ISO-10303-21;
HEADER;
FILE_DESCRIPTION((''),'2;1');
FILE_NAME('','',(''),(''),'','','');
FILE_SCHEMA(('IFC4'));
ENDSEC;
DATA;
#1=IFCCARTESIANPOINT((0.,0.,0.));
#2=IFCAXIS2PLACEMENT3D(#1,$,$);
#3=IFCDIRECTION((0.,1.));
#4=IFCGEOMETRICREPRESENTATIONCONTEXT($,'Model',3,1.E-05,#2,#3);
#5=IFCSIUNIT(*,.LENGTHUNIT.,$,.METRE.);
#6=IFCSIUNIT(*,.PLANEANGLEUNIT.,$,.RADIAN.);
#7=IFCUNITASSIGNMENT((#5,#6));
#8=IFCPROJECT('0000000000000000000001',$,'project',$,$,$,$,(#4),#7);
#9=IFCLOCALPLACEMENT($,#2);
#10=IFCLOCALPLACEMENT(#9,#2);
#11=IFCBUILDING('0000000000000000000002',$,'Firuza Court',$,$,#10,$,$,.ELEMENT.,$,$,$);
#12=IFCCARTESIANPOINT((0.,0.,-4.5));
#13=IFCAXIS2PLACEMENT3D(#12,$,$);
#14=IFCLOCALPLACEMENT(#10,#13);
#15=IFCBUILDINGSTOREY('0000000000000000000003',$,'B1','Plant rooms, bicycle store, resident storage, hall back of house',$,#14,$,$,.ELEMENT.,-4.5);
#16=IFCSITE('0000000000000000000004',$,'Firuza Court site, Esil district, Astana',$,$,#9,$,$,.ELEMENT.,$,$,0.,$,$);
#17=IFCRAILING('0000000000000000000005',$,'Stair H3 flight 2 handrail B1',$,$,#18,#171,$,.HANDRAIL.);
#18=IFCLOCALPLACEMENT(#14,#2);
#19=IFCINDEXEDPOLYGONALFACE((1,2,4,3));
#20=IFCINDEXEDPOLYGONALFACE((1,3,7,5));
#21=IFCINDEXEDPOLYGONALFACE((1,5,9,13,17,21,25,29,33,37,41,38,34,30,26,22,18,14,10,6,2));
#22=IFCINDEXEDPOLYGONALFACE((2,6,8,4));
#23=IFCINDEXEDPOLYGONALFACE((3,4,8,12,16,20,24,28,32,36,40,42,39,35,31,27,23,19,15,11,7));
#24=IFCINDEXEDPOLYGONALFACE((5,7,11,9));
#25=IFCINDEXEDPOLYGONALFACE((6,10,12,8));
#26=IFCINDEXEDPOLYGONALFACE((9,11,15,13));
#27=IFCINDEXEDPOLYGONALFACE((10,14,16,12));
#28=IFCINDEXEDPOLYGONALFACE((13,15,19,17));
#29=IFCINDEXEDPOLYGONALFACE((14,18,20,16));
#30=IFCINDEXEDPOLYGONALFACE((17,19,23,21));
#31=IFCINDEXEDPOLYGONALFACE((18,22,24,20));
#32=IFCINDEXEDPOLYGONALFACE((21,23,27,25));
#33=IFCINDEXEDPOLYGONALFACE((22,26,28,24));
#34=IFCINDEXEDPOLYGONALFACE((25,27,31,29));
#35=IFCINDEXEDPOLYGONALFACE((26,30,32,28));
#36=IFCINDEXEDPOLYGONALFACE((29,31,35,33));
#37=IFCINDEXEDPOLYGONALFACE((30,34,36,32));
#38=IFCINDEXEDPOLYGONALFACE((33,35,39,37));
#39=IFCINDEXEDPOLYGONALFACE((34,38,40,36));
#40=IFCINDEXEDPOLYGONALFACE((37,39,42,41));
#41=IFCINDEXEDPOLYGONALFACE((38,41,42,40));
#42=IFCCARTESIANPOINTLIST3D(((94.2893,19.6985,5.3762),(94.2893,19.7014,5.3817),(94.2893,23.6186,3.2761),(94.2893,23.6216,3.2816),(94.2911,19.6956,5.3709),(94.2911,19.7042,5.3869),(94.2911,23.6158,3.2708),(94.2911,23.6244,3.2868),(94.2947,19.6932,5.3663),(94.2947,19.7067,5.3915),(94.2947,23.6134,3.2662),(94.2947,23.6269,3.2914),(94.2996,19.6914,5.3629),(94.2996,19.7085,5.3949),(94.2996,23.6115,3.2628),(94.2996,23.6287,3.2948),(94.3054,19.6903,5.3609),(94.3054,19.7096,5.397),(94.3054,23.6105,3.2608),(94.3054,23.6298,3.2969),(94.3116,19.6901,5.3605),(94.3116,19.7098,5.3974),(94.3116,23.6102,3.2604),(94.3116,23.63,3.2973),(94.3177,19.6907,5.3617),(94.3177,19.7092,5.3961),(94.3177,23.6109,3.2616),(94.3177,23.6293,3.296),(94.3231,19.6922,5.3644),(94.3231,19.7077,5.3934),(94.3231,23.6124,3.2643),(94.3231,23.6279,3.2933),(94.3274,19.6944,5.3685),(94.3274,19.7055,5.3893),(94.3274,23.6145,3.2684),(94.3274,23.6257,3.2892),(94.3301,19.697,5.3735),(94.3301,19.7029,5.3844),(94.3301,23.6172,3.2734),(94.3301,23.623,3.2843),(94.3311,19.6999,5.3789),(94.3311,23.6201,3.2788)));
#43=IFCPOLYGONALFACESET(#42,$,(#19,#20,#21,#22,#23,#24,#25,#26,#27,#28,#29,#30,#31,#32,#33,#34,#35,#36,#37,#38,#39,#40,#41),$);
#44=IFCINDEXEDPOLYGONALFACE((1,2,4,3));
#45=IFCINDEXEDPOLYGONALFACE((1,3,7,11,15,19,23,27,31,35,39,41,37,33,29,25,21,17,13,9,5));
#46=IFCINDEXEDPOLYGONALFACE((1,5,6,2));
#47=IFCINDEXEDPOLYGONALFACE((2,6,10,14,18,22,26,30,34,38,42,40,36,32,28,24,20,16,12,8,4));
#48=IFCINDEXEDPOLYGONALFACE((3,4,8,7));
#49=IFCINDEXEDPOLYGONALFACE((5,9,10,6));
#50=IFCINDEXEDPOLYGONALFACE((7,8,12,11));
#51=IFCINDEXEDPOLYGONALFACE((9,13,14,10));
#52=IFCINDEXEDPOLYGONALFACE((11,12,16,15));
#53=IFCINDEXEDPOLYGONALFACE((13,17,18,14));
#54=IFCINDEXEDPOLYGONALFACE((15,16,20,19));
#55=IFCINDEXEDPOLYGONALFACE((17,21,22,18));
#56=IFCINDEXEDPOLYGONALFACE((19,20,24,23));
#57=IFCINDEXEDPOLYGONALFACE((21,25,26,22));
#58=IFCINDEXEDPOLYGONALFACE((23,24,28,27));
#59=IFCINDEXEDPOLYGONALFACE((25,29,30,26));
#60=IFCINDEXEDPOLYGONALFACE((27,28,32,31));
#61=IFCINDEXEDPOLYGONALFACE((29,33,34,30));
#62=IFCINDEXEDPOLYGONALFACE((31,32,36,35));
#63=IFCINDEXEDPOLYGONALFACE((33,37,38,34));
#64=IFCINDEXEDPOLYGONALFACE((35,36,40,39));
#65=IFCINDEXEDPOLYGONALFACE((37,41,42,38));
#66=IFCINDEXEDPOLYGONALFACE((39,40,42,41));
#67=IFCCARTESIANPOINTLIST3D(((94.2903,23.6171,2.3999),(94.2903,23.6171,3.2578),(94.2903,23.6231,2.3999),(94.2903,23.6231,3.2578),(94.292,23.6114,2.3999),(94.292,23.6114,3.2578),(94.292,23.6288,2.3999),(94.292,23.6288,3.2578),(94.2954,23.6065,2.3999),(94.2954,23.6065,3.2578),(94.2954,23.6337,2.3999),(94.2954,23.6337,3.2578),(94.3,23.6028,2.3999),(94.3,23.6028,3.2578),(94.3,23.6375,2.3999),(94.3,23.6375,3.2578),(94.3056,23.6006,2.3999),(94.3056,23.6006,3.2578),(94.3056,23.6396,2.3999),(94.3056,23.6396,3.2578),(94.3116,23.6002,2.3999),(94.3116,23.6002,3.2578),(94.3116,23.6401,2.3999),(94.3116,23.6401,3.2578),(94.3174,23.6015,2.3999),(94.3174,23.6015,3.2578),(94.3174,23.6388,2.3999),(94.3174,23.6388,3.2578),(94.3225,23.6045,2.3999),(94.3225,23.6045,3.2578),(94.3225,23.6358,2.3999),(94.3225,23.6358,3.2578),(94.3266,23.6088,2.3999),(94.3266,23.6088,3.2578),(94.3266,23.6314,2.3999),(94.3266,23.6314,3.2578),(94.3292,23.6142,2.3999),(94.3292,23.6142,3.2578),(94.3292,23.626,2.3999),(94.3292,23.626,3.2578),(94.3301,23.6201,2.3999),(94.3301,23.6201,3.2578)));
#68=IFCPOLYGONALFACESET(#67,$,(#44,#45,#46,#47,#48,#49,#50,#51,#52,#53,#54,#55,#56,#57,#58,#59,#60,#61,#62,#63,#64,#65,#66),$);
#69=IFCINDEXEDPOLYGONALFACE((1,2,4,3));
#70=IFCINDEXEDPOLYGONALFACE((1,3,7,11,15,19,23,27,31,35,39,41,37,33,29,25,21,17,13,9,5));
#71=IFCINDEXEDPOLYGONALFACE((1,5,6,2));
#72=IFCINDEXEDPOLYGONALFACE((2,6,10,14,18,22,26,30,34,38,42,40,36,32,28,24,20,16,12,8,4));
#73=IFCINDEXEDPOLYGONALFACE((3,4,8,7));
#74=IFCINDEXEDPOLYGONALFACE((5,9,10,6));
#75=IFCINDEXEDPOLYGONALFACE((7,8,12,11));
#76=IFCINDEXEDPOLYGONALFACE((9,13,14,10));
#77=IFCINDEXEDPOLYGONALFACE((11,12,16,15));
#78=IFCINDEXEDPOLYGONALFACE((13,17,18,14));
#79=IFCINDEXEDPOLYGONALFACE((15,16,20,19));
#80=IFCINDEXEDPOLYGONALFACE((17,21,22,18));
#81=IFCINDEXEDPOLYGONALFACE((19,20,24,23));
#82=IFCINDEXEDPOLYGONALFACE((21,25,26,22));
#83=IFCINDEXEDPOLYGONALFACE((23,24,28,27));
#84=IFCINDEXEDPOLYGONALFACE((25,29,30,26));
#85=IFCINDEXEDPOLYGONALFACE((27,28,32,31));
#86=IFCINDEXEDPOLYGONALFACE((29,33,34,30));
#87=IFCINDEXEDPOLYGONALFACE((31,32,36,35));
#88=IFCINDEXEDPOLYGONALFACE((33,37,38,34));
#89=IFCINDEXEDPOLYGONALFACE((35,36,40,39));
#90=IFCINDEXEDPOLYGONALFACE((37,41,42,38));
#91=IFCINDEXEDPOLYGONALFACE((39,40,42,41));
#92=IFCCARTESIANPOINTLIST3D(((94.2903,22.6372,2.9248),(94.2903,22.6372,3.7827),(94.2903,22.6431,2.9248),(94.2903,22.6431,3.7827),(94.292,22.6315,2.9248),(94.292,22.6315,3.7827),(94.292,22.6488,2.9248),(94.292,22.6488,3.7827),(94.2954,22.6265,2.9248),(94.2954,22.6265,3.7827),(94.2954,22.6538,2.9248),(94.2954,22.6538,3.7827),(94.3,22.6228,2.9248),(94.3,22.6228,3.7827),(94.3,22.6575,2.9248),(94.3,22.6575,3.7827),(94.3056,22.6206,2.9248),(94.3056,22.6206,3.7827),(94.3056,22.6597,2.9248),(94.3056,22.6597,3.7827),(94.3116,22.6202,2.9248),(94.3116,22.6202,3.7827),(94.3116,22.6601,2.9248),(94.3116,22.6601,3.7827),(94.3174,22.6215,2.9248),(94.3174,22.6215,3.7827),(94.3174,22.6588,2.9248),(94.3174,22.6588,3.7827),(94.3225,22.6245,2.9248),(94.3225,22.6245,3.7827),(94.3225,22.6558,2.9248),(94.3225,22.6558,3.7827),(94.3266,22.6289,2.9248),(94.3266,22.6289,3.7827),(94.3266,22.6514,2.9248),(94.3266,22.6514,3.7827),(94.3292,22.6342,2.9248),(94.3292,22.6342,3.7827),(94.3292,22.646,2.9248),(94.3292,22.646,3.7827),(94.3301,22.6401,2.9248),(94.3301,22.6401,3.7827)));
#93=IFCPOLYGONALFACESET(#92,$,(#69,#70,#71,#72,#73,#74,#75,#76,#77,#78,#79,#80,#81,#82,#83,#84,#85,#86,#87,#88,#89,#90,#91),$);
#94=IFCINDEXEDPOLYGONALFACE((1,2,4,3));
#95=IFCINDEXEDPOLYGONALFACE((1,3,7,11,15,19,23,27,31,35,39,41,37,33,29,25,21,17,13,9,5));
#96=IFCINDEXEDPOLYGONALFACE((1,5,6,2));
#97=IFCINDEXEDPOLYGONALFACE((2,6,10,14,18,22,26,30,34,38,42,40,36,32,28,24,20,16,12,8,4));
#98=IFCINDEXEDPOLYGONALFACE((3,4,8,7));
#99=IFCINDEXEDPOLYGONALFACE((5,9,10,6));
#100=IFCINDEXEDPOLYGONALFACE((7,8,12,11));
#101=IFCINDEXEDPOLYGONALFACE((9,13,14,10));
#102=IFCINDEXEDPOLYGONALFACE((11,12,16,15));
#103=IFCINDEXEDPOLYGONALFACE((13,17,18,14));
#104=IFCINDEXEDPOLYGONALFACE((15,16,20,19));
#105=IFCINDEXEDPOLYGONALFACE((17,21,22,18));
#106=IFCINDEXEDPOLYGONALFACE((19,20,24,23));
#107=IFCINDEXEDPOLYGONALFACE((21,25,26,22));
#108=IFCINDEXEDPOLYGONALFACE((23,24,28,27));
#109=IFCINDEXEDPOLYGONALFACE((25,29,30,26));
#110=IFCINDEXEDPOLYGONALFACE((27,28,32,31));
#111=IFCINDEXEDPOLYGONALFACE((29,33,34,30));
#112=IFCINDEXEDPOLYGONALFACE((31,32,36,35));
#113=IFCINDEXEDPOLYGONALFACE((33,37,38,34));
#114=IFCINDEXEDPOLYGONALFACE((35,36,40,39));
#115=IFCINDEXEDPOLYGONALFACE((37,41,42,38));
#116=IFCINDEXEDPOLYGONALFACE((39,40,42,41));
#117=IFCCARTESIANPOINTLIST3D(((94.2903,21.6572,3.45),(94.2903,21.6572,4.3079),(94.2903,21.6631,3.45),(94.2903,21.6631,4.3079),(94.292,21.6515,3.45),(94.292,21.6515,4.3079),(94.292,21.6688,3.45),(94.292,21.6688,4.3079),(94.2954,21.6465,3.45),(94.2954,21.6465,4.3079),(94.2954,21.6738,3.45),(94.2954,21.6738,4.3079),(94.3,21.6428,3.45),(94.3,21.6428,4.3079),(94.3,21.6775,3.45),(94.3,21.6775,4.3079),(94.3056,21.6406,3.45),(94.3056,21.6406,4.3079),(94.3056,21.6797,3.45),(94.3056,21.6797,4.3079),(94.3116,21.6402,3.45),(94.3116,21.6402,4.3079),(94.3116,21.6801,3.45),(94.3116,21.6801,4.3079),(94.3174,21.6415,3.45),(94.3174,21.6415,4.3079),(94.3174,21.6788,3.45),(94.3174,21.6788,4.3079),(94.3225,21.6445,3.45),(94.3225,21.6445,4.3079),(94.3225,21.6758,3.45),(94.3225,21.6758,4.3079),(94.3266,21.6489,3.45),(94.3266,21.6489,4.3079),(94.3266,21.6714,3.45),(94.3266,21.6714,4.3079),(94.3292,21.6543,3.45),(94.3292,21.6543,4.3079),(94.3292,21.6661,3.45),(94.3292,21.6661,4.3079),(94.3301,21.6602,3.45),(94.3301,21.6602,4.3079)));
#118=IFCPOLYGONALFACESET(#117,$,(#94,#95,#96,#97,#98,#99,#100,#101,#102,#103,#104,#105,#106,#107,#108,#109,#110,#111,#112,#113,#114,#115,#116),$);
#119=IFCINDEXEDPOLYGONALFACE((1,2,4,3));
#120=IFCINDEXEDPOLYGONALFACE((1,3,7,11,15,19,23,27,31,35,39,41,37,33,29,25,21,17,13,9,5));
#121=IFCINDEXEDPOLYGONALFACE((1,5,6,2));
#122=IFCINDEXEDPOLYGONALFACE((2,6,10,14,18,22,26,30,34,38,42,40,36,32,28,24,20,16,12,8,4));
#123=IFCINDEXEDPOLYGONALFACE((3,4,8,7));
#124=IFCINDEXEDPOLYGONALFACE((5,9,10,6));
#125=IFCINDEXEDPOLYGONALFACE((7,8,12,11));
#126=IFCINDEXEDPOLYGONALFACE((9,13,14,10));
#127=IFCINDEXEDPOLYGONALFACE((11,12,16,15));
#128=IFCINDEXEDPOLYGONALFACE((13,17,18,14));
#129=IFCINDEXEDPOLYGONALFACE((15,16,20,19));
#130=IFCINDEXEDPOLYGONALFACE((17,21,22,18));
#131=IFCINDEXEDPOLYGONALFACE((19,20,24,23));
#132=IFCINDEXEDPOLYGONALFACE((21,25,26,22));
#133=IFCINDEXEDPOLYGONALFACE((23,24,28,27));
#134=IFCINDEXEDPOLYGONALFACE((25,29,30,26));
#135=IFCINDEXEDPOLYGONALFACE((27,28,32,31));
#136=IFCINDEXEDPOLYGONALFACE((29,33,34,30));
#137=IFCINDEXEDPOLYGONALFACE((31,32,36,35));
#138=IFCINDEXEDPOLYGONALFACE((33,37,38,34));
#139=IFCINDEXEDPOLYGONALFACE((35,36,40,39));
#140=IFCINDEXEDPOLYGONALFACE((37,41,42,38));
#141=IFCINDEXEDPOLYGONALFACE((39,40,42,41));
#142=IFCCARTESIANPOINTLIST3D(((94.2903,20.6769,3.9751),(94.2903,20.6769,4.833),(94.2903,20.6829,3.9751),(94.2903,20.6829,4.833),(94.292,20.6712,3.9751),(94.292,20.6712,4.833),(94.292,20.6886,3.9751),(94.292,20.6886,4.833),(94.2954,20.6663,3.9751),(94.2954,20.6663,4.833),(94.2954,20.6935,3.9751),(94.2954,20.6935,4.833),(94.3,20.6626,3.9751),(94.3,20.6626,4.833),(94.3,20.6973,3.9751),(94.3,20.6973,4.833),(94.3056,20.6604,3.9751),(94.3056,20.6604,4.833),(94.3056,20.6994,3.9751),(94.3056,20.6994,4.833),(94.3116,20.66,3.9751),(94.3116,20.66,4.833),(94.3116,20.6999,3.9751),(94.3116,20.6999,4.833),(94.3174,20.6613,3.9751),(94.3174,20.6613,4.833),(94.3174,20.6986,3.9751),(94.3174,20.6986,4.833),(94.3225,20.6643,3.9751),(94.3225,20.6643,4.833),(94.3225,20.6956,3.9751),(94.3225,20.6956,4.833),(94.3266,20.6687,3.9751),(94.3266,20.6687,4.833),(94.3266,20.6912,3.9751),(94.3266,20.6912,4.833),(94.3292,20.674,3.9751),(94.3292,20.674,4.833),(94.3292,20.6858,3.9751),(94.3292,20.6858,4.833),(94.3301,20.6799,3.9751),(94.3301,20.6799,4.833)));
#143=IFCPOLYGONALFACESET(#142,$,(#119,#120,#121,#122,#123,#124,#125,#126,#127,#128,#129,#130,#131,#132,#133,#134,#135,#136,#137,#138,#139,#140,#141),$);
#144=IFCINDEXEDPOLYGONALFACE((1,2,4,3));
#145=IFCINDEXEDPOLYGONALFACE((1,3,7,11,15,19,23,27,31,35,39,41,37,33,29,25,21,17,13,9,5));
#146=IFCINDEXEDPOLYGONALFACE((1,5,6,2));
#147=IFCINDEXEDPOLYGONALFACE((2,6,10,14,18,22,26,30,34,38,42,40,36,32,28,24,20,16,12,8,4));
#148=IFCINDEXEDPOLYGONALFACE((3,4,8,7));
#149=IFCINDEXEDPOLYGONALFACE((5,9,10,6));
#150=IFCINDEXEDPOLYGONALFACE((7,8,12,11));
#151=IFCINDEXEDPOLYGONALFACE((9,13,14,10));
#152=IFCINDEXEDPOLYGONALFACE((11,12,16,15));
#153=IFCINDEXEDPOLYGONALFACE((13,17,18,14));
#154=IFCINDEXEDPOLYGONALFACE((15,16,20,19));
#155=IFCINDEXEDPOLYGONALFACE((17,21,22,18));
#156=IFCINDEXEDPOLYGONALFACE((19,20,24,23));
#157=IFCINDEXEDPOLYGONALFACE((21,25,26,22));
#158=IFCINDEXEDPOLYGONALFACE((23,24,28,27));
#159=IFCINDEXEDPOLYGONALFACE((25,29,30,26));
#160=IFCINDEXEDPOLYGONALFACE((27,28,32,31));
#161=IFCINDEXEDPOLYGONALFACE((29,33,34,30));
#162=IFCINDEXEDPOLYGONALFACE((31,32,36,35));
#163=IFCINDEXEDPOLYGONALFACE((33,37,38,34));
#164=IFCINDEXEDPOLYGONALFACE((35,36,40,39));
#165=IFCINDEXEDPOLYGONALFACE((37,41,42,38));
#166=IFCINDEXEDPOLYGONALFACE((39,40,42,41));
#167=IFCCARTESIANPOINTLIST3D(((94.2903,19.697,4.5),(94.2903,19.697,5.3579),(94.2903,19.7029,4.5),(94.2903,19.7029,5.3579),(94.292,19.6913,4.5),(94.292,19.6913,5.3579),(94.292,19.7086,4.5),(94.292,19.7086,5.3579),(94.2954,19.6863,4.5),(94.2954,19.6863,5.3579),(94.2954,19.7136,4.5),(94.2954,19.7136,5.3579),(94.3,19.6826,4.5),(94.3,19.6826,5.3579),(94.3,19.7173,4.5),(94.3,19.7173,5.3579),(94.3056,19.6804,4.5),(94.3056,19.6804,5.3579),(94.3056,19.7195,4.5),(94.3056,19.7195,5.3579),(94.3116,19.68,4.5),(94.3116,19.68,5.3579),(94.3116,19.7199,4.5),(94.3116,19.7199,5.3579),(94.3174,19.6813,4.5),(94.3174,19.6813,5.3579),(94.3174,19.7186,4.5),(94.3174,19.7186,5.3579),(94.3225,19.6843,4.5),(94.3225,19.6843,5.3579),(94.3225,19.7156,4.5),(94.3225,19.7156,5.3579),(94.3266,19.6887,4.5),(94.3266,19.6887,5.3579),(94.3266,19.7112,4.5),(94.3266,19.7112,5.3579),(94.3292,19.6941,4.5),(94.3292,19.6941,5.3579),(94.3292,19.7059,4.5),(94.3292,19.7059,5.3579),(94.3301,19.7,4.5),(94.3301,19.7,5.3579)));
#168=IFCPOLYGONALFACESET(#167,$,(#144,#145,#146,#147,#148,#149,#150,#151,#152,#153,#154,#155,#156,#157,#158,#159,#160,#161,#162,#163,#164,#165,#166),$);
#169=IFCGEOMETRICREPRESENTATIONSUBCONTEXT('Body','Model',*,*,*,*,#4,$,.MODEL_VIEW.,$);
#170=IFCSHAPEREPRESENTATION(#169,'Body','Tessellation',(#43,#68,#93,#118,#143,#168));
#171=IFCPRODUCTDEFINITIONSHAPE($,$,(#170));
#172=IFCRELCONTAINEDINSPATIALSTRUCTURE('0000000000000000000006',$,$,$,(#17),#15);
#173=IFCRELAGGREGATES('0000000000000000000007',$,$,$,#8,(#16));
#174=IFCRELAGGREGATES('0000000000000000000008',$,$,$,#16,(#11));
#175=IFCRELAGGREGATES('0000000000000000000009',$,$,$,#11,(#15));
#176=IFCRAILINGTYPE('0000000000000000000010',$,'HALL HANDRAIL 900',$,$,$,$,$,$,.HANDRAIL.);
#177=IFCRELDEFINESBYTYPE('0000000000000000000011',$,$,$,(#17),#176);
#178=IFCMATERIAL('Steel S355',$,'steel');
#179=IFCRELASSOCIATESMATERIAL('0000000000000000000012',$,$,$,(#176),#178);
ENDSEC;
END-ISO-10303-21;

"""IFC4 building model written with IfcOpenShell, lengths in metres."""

from ifc_helpers import new_model, si_unit, direction, frame, origin, origin_2d, place, context, subcontext, project, spatial, circle, extrude, material, type_object, element, save


model = new_model("IFC4")

# Units and contexts
model_context = context("Model", 3, precision=1e-05, world=origin(), true_north=direction((0.0, 1.0)))
body_context = subcontext(model_context, "Body", "Model", "MODEL_VIEW")
ifc_project = project(units=[si_unit("LENGTHUNIT", "METRE"), si_unit("PLANEANGLEUNIT", "RADIAN")], contexts=[model_context])

# Site, building, storey
site_placement = place(None, origin())
site = spatial("IfcSite", under=ifc_project, at=site_placement, Name="Firuza Court site, Esil district, Astana", CompositionType="ELEMENT", RefElevation=0.0)
building_placement = place(site_placement, origin())
building = spatial("IfcBuilding", under=site, at=building_placement, Name="Firuza Court", CompositionType="ELEMENT")
storey_placement = place(building_placement, frame((0.0, 0.0, -4.5)))
storey = spatial("IfcBuildingStorey", under=building, at=storey_placement, Name="B1", Description="Plant rooms, bicycle store, resident storage, hall back of house", CompositionType="ELEMENT", Elevation=-4.5)

# Railing
ifc_material_1 = material(Name="Steel S355", Category="steel")
railing_type_1 = type_object("IfcRailingType", Name="HALL HANDRAIL 900", PredefinedType="HANDRAIL", material=ifc_material_1)
railing_1_placement = place(storey_placement, frame((94.3101, 23.6201, 2.3999)))
element("IfcRailing", 1, at=railing_1_placement, inside=storey, type_object=railing_type_1, Name="Stair H3 flight 2 handrail B1", PredefinedType="HANDRAIL", context=body_context, shape_type="SweptSolid", body=[
    extrude(circle(Radius=0.021, at=origin_2d()), frame((0.0, 0.0, 0.8789), z_axis=(0.0, -0.881479, 0.472223), x_axis=(1.0, 0.0, 0.0)), (0.0, 0.0, 1.0), 4.4473),
    extrude(circle(Radius=0.02, at=origin_2d()), origin(), (0.0, 0.0, 1.0), 0.8579),
    extrude(circle(Radius=0.02, at=origin_2d()), frame((0.0, -0.98, 0.5249)), (0.0, 0.0, 1.0), 0.8579),
    extrude(circle(Radius=0.02, at=origin_2d()), frame((0.0, -1.96, 1.05)), (0.0, 0.0, 1.0), 0.8579),
    extrude(circle(Radius=0.02, at=origin_2d()), frame((0.0, -2.9402, 1.5752)), (0.0, 0.0, 1.0), 0.8579),
    extrude(circle(Radius=0.02, at=origin_2d()), frame((0.0, -3.9202, 2.1001)), (0.0, 0.0, 1.0), 0.8579),
])

save(model, "model.ifc")
